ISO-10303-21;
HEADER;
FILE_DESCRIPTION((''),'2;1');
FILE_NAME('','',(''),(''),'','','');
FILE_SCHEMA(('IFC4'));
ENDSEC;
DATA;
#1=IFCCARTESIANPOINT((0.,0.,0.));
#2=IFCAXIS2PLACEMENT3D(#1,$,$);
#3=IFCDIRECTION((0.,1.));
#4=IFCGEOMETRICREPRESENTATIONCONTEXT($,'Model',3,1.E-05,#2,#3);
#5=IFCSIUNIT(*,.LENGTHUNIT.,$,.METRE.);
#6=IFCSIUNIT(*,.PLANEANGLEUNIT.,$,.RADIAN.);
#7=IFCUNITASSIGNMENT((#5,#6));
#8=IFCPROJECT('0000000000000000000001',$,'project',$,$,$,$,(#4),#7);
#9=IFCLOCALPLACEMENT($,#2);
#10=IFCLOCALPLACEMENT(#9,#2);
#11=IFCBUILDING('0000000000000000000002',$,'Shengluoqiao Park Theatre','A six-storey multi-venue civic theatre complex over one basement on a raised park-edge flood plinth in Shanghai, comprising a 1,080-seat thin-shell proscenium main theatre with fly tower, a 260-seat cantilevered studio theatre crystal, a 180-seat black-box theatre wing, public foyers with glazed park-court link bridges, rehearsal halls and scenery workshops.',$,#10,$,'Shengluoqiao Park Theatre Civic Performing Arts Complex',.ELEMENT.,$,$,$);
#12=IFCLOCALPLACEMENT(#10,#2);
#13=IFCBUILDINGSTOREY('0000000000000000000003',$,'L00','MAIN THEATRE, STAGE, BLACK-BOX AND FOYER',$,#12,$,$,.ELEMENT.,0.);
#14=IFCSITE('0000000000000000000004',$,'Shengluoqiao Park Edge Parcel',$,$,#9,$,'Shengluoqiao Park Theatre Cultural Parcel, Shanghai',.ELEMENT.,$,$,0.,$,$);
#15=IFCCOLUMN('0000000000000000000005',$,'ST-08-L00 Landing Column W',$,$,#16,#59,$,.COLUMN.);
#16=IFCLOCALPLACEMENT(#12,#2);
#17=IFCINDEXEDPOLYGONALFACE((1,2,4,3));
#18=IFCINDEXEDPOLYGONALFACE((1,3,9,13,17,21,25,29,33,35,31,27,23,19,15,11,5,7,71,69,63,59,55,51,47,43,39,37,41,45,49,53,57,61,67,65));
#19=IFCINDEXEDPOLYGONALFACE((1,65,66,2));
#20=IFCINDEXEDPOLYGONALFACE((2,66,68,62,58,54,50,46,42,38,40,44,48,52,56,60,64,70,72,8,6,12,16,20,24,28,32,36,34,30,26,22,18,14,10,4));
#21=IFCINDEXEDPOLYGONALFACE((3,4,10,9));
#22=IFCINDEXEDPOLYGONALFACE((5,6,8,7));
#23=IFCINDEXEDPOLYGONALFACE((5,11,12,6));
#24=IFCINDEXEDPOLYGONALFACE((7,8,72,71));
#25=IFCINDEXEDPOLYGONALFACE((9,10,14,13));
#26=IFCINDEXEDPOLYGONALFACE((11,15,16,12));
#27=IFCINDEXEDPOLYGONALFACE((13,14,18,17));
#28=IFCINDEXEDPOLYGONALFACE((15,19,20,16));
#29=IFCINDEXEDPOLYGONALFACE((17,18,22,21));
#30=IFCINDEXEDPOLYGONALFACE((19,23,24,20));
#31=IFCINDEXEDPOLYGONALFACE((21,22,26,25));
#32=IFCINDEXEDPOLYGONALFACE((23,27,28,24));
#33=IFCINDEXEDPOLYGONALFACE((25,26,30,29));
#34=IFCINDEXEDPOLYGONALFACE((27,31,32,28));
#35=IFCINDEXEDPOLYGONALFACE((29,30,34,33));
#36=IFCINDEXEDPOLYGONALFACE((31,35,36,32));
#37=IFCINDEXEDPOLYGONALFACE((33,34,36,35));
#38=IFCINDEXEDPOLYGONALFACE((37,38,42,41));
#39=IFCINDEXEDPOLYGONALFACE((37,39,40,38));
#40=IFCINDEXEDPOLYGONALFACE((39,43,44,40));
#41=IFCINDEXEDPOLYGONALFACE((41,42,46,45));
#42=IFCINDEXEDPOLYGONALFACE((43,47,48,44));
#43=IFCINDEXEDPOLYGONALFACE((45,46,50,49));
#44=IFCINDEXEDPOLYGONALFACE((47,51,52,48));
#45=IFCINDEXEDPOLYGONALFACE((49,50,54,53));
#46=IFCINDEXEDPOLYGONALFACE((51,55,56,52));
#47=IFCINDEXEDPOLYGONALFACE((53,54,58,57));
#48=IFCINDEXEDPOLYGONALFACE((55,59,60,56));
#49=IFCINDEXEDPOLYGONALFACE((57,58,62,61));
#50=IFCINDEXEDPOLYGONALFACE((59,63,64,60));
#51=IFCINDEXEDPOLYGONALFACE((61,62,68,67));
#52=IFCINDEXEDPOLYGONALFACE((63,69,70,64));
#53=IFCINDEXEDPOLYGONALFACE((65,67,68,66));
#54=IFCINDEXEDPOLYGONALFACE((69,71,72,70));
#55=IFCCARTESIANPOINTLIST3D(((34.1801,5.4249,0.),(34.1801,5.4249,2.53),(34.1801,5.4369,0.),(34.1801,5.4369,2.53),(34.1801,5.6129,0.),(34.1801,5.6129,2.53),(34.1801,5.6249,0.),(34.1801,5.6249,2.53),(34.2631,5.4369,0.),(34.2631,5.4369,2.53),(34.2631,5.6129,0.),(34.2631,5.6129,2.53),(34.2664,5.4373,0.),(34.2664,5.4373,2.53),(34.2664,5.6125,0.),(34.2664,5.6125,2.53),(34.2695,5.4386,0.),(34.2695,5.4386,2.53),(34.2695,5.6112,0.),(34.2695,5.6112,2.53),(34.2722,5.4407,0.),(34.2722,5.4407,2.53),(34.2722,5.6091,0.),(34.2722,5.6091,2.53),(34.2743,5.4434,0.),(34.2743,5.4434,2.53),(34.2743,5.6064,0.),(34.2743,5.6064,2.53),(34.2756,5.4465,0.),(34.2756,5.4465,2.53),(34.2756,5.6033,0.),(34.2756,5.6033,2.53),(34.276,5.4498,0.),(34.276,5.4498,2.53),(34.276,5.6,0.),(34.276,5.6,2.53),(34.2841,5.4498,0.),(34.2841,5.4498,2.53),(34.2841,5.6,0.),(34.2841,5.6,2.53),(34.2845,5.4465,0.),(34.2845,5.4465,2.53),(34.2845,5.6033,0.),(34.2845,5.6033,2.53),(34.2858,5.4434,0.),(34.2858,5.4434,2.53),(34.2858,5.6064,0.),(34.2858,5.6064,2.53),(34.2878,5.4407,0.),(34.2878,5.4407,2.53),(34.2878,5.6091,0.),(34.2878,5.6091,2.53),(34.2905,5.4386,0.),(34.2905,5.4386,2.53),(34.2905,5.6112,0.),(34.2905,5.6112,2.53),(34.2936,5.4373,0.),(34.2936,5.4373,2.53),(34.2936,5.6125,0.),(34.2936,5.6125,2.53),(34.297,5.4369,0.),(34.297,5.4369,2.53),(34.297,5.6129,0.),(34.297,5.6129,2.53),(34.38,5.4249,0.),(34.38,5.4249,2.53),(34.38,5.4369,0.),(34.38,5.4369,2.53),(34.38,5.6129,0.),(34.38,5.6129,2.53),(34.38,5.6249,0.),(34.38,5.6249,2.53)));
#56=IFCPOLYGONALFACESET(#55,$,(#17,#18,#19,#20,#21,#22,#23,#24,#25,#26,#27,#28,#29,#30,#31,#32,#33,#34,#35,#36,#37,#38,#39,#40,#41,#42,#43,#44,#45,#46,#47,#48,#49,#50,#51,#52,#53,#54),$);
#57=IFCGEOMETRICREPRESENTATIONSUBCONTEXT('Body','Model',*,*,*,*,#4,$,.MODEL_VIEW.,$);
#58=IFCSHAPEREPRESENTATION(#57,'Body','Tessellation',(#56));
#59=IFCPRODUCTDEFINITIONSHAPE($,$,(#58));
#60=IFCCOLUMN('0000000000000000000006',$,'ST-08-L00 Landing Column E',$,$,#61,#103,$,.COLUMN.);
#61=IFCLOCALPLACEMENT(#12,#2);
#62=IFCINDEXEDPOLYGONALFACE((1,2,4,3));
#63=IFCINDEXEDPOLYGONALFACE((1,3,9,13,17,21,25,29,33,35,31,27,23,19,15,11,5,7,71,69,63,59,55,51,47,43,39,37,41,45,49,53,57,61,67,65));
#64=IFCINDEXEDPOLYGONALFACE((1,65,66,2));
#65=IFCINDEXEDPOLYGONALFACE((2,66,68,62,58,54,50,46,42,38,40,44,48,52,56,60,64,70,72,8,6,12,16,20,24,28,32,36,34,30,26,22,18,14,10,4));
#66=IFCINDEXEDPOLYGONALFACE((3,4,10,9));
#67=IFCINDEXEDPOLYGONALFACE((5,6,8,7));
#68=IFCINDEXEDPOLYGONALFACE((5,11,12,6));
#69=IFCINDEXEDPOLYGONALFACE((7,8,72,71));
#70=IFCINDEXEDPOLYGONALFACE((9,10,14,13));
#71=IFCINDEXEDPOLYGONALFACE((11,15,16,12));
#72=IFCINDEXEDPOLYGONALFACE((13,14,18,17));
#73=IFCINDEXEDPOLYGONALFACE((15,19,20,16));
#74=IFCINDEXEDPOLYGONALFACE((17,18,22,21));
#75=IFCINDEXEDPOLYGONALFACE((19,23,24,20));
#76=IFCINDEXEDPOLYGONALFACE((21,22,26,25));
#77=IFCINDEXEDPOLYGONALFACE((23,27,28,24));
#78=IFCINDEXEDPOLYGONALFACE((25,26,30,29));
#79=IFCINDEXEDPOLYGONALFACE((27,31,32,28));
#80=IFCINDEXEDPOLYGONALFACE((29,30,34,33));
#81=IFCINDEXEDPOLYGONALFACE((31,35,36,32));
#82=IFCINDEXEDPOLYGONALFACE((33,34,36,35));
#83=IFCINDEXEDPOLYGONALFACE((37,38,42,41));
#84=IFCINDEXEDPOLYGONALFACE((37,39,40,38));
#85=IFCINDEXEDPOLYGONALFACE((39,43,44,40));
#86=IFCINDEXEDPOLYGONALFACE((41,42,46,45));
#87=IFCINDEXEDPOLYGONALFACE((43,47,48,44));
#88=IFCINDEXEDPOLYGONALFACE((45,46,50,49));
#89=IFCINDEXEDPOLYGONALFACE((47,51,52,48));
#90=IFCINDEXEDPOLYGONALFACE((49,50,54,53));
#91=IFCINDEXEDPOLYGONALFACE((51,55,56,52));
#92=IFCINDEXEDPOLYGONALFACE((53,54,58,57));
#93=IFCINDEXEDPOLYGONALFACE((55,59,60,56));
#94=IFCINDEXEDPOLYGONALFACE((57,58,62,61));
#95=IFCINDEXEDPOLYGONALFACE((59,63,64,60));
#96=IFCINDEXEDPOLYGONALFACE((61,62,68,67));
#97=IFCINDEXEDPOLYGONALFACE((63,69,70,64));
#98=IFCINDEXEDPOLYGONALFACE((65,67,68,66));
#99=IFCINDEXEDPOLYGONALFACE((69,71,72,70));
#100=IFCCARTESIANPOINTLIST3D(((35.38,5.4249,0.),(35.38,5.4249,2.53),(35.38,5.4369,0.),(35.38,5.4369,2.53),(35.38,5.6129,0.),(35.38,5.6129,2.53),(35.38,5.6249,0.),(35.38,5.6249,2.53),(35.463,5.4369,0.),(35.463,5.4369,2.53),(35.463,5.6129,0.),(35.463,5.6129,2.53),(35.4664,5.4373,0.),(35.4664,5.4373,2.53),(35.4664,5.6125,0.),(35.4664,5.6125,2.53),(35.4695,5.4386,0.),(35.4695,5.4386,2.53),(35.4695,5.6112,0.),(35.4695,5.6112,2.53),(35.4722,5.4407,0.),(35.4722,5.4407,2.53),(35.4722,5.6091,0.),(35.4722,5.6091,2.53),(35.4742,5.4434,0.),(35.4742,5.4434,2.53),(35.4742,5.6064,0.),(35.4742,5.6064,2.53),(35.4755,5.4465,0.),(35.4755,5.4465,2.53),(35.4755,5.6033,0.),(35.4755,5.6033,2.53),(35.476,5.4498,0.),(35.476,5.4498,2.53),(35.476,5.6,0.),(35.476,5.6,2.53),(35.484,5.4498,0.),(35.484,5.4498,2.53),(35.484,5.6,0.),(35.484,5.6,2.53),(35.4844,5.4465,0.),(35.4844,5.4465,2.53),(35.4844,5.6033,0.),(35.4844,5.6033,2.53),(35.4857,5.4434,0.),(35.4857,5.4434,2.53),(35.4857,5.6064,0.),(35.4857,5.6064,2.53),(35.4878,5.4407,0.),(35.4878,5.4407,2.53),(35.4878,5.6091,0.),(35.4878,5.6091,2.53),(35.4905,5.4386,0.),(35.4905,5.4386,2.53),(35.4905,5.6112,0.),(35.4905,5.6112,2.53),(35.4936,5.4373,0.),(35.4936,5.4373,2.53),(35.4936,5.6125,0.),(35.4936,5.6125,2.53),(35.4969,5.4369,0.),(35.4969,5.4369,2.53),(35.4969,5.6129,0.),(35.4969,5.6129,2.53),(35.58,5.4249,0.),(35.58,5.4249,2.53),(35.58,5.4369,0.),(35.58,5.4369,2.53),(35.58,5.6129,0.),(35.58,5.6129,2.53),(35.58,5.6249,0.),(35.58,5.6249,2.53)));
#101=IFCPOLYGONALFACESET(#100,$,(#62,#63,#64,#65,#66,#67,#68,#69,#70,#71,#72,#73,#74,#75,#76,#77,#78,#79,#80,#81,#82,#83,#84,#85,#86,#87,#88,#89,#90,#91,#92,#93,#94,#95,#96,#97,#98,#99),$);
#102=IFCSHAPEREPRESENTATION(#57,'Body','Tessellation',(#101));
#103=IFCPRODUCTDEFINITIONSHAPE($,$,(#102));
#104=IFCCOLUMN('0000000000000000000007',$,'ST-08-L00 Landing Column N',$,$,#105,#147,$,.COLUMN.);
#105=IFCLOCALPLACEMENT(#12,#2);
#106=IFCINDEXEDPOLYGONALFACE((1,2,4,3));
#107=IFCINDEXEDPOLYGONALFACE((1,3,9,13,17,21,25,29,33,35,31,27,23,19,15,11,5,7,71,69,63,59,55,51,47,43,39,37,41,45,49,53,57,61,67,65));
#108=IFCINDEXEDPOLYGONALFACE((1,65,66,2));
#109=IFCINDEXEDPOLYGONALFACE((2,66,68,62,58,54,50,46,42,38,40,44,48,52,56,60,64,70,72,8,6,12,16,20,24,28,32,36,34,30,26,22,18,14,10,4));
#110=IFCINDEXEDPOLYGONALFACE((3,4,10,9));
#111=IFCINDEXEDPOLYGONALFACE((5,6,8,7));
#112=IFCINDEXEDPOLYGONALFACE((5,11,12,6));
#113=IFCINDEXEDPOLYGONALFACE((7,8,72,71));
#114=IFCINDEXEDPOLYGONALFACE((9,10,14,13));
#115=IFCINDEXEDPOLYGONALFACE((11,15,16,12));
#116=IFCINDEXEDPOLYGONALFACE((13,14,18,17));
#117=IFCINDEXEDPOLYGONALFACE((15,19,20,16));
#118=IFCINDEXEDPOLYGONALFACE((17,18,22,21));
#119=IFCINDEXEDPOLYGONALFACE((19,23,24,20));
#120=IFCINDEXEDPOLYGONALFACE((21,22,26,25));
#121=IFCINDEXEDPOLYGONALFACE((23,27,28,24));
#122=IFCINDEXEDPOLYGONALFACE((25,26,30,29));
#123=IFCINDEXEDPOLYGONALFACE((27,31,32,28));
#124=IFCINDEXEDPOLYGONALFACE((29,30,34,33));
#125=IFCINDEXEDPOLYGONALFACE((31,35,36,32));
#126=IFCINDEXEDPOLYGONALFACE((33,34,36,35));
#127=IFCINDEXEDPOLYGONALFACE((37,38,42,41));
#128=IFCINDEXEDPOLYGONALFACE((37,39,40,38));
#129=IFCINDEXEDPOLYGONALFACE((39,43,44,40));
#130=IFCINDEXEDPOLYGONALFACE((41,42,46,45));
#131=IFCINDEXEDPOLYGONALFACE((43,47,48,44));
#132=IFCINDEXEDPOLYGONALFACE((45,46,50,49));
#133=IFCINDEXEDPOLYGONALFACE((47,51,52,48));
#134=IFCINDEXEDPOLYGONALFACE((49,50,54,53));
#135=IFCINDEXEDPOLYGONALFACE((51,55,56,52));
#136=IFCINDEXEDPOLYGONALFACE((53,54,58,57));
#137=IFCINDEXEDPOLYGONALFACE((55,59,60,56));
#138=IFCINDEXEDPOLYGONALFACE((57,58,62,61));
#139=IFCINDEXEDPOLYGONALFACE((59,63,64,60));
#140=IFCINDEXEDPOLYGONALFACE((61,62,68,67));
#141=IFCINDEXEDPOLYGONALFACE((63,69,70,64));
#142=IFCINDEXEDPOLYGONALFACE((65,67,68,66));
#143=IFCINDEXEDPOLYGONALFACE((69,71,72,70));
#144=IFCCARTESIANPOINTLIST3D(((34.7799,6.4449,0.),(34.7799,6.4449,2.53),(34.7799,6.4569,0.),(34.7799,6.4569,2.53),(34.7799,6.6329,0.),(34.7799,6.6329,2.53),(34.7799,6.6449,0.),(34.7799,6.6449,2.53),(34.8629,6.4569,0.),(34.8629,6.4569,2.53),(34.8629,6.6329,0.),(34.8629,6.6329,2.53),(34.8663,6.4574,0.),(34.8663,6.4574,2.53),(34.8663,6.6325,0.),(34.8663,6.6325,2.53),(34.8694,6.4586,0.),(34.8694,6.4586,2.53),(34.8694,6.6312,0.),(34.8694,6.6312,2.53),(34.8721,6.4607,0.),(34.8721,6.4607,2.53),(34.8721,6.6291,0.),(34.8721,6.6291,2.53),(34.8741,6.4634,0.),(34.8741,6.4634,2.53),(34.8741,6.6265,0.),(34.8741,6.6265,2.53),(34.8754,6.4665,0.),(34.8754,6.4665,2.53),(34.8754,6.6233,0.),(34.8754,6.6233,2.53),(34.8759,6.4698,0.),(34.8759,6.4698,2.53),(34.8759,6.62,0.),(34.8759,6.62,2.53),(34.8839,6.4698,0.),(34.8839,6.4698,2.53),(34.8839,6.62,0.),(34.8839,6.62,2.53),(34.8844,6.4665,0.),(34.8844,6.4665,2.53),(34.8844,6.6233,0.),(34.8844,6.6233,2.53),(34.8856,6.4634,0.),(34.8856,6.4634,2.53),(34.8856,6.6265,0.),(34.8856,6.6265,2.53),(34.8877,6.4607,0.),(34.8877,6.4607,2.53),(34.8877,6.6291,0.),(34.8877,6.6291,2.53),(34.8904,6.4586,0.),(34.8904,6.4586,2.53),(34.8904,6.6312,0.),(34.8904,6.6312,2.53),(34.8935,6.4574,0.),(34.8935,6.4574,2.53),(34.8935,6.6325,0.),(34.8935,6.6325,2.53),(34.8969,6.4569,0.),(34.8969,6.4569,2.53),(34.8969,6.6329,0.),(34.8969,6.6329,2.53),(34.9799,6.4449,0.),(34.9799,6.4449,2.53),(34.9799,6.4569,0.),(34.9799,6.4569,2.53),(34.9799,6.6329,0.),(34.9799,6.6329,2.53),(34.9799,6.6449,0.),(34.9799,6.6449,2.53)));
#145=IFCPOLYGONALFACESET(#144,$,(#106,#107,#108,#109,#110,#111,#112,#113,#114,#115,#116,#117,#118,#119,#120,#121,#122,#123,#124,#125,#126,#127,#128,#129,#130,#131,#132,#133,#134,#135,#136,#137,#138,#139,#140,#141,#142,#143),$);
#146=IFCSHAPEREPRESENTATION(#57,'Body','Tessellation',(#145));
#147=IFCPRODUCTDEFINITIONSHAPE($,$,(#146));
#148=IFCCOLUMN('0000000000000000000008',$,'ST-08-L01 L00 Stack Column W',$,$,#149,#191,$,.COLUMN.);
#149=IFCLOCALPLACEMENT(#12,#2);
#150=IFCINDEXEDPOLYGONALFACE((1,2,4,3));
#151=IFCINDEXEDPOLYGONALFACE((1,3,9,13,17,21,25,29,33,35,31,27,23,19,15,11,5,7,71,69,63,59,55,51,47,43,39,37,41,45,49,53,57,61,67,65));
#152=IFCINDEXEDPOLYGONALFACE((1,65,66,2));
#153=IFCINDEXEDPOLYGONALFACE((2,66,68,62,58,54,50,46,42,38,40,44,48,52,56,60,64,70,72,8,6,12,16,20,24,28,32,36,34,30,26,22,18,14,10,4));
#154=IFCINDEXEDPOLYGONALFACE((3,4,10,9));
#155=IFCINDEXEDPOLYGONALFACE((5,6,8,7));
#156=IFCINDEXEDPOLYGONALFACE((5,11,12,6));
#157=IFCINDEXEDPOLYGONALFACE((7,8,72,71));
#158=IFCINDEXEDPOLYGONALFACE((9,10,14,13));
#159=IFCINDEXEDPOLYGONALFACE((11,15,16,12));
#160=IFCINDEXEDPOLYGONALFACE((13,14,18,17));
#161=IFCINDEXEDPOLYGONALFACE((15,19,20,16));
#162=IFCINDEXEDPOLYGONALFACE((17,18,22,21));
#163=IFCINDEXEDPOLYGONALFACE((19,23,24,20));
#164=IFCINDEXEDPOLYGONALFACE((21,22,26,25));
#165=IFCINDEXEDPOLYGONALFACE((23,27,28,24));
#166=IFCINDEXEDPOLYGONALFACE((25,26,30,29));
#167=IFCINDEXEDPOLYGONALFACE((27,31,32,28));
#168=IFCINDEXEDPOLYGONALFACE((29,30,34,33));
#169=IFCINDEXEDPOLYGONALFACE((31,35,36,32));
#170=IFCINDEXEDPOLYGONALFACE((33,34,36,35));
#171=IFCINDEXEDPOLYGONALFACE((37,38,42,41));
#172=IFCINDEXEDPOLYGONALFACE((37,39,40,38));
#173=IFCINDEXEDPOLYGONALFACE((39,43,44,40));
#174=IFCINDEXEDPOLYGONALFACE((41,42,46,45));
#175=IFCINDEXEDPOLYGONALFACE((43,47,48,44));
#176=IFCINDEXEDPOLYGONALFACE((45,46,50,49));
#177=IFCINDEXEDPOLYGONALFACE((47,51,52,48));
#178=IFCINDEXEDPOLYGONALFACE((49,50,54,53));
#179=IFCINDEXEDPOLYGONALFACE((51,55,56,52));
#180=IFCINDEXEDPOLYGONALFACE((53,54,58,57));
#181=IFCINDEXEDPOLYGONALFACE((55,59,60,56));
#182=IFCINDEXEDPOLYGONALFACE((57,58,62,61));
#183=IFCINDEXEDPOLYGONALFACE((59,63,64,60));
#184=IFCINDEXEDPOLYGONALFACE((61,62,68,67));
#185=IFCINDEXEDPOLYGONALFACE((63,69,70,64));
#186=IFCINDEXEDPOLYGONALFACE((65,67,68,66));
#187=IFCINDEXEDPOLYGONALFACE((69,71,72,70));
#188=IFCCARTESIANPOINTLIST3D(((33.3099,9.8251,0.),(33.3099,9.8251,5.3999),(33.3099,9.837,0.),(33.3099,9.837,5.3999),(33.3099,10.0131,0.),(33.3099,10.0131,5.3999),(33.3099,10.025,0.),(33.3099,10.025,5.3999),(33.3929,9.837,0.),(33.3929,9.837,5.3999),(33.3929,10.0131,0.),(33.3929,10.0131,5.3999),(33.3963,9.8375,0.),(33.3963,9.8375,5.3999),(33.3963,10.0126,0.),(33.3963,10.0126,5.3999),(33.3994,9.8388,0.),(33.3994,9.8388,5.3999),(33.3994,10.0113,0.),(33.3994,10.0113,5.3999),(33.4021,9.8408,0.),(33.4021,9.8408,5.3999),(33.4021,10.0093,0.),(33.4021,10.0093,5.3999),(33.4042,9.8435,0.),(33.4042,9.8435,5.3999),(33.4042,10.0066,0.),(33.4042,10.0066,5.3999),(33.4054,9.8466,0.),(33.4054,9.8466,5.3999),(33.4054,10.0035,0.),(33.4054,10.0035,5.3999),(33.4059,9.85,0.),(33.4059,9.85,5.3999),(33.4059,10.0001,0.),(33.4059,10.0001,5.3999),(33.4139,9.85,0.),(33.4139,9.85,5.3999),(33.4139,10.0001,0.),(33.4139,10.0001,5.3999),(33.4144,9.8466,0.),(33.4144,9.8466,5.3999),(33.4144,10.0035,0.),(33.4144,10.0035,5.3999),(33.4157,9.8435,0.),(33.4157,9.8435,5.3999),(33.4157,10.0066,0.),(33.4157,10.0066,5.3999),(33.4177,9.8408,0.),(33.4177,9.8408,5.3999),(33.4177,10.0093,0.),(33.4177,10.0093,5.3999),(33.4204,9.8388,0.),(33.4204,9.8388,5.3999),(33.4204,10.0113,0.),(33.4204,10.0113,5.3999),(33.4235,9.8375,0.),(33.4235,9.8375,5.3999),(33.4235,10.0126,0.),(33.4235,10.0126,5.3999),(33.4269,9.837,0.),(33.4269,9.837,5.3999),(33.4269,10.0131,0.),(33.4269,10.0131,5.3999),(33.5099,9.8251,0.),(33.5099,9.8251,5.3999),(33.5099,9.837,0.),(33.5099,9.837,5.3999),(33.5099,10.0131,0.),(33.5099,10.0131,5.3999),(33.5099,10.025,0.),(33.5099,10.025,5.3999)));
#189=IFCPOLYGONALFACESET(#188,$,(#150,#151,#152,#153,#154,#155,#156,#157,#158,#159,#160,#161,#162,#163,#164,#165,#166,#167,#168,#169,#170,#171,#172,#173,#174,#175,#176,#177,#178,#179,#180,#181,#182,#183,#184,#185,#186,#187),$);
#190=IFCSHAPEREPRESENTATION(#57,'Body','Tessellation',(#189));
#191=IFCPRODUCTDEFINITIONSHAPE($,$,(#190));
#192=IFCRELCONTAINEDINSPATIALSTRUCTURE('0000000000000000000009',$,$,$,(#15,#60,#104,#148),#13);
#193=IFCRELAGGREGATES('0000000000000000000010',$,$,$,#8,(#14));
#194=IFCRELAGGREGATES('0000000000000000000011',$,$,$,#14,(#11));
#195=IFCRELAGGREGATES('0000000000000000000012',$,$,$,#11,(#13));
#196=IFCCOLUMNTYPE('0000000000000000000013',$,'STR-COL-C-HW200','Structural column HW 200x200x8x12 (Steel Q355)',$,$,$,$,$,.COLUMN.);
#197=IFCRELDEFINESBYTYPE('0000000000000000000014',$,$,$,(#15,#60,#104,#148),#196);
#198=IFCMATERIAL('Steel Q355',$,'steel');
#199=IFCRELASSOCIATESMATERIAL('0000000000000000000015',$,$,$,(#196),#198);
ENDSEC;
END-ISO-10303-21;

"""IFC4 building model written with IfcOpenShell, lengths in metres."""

from ifc_helpers import new_model, si_unit, direction, frame, origin, origin_2d, place, context, subcontext, project, spatial, i_section, extrude, material, material_profile, profile_set, type_object, element, save


model = new_model("IFC4")

# Units and contexts
model_context = context("Model", 3, precision=1e-05, world=origin(), true_north=direction((0.0, 1.0)))
body_context = subcontext(model_context, "Body", "Model", "MODEL_VIEW")
ifc_project = project(units=[si_unit("LENGTHUNIT", "METRE"), si_unit("PLANEANGLEUNIT", "RADIAN")], contexts=[model_context])

# Site, building, storey
site_placement = place(None, origin())
site = spatial("IfcSite", under=ifc_project, at=site_placement, Name="Shengluoqiao Park Edge Parcel", LongName="Shengluoqiao Park Theatre Cultural Parcel, Shanghai", CompositionType="ELEMENT", RefElevation=0.0)
building_placement = place(site_placement, origin())
building = spatial("IfcBuilding", under=site, at=building_placement, Name="Shengluoqiao Park Theatre", Description="A six-storey multi-venue civic theatre complex over one basement on a raised park-edge flood plinth in Shanghai, comprising a 1,080-seat thin-shell proscenium main theatre with fly tower, a 260-seat cantilevered studio theatre crystal, a 180-seat black-box theatre wing, public foyers with glazed park-court link bridges, rehearsal halls and scenery workshops.", LongName="Shengluoqiao Park Theatre Civic Performing Arts Complex", CompositionType="ELEMENT")
storey_placement = place(building_placement, origin())
storey = spatial("IfcBuildingStorey", under=building, at=storey_placement, Name="L00", Description="MAIN THEATRE, STAGE, BLACK-BOX AND FOYER", CompositionType="ELEMENT", Elevation=0.0)

# Columns
ifc_material_1 = material(Name="Steel Q355", Category="steel")
ifc_material_profile_1 = material_profile(ifc_material_1, i_section(OverallWidth=0.2, OverallDepth=0.2, WebThickness=0.0081, FlangeThickness=0.012, FilletRadius=0.0129, at=origin_2d()), Name="HW 200x200x8x12")
ifc_profile_set_1 = profile_set([ifc_material_profile_1], Name="Steel Q355")
column_type_1 = type_object("IfcColumnType", Name="STR-COL-C-HW200", Description="Structural column HW 200x200x8x12 (Steel Q355)", PredefinedType="COLUMN", material=ifc_profile_set_1)
for number, where, z_axis, x_axis, name in (
    (1, (34.28, 5.5249, 0.0), (0.0, 0.0, 1.0), (1.0, 0.0, 0.0), "ST-08-L00 Landing Column W"),
    (2, (35.48, 5.5249, 0.0), (0.0, 0.0, 1.0), (1.0, 0.0, 0.0), "ST-08-L00 Landing Column E"),
    (3, (34.8799, 6.5449, 0.0), (0.0, 0.0, 1.0), (1.0, 0.0, 0.0), "ST-08-L00 Landing Column N"),
):
    element("IfcColumn", number, at=place(storey_placement, frame(where, z_axis=z_axis, x_axis=x_axis)), inside=storey, type_object=column_type_1, Name=name, PredefinedType="COLUMN", context=body_context, shape_type="SweptSolid", body=[
        extrude(i_section(OverallWidth=0.2, OverallDepth=0.2, WebThickness=0.0081, FlangeThickness=0.012, FilletRadius=0.0129, at=origin_2d()), origin(), (0.0, 0.0, 1.0), 2.53),
    ])
for number, where, z_axis, x_axis, name in (
    (4, (33.4099, 9.925, 0.0), (0.0, 0.0, 1.0), (1.0, 0.0, 0.0), "ST-08-L01 L00 Stack Column W"),
):
    element("IfcColumn", number, at=place(storey_placement, frame(where, z_axis=z_axis, x_axis=x_axis)), inside=storey, type_object=column_type_1, Name=name, PredefinedType="COLUMN", context=body_context, shape_type="SweptSolid", body=[
        extrude(i_section(OverallWidth=0.2, OverallDepth=0.2, WebThickness=0.0081, FlangeThickness=0.012, FilletRadius=0.0129, at=origin_2d()), origin(), (0.0, 0.0, 1.0), 5.3999),
    ])

save(model, "model.ifc")
